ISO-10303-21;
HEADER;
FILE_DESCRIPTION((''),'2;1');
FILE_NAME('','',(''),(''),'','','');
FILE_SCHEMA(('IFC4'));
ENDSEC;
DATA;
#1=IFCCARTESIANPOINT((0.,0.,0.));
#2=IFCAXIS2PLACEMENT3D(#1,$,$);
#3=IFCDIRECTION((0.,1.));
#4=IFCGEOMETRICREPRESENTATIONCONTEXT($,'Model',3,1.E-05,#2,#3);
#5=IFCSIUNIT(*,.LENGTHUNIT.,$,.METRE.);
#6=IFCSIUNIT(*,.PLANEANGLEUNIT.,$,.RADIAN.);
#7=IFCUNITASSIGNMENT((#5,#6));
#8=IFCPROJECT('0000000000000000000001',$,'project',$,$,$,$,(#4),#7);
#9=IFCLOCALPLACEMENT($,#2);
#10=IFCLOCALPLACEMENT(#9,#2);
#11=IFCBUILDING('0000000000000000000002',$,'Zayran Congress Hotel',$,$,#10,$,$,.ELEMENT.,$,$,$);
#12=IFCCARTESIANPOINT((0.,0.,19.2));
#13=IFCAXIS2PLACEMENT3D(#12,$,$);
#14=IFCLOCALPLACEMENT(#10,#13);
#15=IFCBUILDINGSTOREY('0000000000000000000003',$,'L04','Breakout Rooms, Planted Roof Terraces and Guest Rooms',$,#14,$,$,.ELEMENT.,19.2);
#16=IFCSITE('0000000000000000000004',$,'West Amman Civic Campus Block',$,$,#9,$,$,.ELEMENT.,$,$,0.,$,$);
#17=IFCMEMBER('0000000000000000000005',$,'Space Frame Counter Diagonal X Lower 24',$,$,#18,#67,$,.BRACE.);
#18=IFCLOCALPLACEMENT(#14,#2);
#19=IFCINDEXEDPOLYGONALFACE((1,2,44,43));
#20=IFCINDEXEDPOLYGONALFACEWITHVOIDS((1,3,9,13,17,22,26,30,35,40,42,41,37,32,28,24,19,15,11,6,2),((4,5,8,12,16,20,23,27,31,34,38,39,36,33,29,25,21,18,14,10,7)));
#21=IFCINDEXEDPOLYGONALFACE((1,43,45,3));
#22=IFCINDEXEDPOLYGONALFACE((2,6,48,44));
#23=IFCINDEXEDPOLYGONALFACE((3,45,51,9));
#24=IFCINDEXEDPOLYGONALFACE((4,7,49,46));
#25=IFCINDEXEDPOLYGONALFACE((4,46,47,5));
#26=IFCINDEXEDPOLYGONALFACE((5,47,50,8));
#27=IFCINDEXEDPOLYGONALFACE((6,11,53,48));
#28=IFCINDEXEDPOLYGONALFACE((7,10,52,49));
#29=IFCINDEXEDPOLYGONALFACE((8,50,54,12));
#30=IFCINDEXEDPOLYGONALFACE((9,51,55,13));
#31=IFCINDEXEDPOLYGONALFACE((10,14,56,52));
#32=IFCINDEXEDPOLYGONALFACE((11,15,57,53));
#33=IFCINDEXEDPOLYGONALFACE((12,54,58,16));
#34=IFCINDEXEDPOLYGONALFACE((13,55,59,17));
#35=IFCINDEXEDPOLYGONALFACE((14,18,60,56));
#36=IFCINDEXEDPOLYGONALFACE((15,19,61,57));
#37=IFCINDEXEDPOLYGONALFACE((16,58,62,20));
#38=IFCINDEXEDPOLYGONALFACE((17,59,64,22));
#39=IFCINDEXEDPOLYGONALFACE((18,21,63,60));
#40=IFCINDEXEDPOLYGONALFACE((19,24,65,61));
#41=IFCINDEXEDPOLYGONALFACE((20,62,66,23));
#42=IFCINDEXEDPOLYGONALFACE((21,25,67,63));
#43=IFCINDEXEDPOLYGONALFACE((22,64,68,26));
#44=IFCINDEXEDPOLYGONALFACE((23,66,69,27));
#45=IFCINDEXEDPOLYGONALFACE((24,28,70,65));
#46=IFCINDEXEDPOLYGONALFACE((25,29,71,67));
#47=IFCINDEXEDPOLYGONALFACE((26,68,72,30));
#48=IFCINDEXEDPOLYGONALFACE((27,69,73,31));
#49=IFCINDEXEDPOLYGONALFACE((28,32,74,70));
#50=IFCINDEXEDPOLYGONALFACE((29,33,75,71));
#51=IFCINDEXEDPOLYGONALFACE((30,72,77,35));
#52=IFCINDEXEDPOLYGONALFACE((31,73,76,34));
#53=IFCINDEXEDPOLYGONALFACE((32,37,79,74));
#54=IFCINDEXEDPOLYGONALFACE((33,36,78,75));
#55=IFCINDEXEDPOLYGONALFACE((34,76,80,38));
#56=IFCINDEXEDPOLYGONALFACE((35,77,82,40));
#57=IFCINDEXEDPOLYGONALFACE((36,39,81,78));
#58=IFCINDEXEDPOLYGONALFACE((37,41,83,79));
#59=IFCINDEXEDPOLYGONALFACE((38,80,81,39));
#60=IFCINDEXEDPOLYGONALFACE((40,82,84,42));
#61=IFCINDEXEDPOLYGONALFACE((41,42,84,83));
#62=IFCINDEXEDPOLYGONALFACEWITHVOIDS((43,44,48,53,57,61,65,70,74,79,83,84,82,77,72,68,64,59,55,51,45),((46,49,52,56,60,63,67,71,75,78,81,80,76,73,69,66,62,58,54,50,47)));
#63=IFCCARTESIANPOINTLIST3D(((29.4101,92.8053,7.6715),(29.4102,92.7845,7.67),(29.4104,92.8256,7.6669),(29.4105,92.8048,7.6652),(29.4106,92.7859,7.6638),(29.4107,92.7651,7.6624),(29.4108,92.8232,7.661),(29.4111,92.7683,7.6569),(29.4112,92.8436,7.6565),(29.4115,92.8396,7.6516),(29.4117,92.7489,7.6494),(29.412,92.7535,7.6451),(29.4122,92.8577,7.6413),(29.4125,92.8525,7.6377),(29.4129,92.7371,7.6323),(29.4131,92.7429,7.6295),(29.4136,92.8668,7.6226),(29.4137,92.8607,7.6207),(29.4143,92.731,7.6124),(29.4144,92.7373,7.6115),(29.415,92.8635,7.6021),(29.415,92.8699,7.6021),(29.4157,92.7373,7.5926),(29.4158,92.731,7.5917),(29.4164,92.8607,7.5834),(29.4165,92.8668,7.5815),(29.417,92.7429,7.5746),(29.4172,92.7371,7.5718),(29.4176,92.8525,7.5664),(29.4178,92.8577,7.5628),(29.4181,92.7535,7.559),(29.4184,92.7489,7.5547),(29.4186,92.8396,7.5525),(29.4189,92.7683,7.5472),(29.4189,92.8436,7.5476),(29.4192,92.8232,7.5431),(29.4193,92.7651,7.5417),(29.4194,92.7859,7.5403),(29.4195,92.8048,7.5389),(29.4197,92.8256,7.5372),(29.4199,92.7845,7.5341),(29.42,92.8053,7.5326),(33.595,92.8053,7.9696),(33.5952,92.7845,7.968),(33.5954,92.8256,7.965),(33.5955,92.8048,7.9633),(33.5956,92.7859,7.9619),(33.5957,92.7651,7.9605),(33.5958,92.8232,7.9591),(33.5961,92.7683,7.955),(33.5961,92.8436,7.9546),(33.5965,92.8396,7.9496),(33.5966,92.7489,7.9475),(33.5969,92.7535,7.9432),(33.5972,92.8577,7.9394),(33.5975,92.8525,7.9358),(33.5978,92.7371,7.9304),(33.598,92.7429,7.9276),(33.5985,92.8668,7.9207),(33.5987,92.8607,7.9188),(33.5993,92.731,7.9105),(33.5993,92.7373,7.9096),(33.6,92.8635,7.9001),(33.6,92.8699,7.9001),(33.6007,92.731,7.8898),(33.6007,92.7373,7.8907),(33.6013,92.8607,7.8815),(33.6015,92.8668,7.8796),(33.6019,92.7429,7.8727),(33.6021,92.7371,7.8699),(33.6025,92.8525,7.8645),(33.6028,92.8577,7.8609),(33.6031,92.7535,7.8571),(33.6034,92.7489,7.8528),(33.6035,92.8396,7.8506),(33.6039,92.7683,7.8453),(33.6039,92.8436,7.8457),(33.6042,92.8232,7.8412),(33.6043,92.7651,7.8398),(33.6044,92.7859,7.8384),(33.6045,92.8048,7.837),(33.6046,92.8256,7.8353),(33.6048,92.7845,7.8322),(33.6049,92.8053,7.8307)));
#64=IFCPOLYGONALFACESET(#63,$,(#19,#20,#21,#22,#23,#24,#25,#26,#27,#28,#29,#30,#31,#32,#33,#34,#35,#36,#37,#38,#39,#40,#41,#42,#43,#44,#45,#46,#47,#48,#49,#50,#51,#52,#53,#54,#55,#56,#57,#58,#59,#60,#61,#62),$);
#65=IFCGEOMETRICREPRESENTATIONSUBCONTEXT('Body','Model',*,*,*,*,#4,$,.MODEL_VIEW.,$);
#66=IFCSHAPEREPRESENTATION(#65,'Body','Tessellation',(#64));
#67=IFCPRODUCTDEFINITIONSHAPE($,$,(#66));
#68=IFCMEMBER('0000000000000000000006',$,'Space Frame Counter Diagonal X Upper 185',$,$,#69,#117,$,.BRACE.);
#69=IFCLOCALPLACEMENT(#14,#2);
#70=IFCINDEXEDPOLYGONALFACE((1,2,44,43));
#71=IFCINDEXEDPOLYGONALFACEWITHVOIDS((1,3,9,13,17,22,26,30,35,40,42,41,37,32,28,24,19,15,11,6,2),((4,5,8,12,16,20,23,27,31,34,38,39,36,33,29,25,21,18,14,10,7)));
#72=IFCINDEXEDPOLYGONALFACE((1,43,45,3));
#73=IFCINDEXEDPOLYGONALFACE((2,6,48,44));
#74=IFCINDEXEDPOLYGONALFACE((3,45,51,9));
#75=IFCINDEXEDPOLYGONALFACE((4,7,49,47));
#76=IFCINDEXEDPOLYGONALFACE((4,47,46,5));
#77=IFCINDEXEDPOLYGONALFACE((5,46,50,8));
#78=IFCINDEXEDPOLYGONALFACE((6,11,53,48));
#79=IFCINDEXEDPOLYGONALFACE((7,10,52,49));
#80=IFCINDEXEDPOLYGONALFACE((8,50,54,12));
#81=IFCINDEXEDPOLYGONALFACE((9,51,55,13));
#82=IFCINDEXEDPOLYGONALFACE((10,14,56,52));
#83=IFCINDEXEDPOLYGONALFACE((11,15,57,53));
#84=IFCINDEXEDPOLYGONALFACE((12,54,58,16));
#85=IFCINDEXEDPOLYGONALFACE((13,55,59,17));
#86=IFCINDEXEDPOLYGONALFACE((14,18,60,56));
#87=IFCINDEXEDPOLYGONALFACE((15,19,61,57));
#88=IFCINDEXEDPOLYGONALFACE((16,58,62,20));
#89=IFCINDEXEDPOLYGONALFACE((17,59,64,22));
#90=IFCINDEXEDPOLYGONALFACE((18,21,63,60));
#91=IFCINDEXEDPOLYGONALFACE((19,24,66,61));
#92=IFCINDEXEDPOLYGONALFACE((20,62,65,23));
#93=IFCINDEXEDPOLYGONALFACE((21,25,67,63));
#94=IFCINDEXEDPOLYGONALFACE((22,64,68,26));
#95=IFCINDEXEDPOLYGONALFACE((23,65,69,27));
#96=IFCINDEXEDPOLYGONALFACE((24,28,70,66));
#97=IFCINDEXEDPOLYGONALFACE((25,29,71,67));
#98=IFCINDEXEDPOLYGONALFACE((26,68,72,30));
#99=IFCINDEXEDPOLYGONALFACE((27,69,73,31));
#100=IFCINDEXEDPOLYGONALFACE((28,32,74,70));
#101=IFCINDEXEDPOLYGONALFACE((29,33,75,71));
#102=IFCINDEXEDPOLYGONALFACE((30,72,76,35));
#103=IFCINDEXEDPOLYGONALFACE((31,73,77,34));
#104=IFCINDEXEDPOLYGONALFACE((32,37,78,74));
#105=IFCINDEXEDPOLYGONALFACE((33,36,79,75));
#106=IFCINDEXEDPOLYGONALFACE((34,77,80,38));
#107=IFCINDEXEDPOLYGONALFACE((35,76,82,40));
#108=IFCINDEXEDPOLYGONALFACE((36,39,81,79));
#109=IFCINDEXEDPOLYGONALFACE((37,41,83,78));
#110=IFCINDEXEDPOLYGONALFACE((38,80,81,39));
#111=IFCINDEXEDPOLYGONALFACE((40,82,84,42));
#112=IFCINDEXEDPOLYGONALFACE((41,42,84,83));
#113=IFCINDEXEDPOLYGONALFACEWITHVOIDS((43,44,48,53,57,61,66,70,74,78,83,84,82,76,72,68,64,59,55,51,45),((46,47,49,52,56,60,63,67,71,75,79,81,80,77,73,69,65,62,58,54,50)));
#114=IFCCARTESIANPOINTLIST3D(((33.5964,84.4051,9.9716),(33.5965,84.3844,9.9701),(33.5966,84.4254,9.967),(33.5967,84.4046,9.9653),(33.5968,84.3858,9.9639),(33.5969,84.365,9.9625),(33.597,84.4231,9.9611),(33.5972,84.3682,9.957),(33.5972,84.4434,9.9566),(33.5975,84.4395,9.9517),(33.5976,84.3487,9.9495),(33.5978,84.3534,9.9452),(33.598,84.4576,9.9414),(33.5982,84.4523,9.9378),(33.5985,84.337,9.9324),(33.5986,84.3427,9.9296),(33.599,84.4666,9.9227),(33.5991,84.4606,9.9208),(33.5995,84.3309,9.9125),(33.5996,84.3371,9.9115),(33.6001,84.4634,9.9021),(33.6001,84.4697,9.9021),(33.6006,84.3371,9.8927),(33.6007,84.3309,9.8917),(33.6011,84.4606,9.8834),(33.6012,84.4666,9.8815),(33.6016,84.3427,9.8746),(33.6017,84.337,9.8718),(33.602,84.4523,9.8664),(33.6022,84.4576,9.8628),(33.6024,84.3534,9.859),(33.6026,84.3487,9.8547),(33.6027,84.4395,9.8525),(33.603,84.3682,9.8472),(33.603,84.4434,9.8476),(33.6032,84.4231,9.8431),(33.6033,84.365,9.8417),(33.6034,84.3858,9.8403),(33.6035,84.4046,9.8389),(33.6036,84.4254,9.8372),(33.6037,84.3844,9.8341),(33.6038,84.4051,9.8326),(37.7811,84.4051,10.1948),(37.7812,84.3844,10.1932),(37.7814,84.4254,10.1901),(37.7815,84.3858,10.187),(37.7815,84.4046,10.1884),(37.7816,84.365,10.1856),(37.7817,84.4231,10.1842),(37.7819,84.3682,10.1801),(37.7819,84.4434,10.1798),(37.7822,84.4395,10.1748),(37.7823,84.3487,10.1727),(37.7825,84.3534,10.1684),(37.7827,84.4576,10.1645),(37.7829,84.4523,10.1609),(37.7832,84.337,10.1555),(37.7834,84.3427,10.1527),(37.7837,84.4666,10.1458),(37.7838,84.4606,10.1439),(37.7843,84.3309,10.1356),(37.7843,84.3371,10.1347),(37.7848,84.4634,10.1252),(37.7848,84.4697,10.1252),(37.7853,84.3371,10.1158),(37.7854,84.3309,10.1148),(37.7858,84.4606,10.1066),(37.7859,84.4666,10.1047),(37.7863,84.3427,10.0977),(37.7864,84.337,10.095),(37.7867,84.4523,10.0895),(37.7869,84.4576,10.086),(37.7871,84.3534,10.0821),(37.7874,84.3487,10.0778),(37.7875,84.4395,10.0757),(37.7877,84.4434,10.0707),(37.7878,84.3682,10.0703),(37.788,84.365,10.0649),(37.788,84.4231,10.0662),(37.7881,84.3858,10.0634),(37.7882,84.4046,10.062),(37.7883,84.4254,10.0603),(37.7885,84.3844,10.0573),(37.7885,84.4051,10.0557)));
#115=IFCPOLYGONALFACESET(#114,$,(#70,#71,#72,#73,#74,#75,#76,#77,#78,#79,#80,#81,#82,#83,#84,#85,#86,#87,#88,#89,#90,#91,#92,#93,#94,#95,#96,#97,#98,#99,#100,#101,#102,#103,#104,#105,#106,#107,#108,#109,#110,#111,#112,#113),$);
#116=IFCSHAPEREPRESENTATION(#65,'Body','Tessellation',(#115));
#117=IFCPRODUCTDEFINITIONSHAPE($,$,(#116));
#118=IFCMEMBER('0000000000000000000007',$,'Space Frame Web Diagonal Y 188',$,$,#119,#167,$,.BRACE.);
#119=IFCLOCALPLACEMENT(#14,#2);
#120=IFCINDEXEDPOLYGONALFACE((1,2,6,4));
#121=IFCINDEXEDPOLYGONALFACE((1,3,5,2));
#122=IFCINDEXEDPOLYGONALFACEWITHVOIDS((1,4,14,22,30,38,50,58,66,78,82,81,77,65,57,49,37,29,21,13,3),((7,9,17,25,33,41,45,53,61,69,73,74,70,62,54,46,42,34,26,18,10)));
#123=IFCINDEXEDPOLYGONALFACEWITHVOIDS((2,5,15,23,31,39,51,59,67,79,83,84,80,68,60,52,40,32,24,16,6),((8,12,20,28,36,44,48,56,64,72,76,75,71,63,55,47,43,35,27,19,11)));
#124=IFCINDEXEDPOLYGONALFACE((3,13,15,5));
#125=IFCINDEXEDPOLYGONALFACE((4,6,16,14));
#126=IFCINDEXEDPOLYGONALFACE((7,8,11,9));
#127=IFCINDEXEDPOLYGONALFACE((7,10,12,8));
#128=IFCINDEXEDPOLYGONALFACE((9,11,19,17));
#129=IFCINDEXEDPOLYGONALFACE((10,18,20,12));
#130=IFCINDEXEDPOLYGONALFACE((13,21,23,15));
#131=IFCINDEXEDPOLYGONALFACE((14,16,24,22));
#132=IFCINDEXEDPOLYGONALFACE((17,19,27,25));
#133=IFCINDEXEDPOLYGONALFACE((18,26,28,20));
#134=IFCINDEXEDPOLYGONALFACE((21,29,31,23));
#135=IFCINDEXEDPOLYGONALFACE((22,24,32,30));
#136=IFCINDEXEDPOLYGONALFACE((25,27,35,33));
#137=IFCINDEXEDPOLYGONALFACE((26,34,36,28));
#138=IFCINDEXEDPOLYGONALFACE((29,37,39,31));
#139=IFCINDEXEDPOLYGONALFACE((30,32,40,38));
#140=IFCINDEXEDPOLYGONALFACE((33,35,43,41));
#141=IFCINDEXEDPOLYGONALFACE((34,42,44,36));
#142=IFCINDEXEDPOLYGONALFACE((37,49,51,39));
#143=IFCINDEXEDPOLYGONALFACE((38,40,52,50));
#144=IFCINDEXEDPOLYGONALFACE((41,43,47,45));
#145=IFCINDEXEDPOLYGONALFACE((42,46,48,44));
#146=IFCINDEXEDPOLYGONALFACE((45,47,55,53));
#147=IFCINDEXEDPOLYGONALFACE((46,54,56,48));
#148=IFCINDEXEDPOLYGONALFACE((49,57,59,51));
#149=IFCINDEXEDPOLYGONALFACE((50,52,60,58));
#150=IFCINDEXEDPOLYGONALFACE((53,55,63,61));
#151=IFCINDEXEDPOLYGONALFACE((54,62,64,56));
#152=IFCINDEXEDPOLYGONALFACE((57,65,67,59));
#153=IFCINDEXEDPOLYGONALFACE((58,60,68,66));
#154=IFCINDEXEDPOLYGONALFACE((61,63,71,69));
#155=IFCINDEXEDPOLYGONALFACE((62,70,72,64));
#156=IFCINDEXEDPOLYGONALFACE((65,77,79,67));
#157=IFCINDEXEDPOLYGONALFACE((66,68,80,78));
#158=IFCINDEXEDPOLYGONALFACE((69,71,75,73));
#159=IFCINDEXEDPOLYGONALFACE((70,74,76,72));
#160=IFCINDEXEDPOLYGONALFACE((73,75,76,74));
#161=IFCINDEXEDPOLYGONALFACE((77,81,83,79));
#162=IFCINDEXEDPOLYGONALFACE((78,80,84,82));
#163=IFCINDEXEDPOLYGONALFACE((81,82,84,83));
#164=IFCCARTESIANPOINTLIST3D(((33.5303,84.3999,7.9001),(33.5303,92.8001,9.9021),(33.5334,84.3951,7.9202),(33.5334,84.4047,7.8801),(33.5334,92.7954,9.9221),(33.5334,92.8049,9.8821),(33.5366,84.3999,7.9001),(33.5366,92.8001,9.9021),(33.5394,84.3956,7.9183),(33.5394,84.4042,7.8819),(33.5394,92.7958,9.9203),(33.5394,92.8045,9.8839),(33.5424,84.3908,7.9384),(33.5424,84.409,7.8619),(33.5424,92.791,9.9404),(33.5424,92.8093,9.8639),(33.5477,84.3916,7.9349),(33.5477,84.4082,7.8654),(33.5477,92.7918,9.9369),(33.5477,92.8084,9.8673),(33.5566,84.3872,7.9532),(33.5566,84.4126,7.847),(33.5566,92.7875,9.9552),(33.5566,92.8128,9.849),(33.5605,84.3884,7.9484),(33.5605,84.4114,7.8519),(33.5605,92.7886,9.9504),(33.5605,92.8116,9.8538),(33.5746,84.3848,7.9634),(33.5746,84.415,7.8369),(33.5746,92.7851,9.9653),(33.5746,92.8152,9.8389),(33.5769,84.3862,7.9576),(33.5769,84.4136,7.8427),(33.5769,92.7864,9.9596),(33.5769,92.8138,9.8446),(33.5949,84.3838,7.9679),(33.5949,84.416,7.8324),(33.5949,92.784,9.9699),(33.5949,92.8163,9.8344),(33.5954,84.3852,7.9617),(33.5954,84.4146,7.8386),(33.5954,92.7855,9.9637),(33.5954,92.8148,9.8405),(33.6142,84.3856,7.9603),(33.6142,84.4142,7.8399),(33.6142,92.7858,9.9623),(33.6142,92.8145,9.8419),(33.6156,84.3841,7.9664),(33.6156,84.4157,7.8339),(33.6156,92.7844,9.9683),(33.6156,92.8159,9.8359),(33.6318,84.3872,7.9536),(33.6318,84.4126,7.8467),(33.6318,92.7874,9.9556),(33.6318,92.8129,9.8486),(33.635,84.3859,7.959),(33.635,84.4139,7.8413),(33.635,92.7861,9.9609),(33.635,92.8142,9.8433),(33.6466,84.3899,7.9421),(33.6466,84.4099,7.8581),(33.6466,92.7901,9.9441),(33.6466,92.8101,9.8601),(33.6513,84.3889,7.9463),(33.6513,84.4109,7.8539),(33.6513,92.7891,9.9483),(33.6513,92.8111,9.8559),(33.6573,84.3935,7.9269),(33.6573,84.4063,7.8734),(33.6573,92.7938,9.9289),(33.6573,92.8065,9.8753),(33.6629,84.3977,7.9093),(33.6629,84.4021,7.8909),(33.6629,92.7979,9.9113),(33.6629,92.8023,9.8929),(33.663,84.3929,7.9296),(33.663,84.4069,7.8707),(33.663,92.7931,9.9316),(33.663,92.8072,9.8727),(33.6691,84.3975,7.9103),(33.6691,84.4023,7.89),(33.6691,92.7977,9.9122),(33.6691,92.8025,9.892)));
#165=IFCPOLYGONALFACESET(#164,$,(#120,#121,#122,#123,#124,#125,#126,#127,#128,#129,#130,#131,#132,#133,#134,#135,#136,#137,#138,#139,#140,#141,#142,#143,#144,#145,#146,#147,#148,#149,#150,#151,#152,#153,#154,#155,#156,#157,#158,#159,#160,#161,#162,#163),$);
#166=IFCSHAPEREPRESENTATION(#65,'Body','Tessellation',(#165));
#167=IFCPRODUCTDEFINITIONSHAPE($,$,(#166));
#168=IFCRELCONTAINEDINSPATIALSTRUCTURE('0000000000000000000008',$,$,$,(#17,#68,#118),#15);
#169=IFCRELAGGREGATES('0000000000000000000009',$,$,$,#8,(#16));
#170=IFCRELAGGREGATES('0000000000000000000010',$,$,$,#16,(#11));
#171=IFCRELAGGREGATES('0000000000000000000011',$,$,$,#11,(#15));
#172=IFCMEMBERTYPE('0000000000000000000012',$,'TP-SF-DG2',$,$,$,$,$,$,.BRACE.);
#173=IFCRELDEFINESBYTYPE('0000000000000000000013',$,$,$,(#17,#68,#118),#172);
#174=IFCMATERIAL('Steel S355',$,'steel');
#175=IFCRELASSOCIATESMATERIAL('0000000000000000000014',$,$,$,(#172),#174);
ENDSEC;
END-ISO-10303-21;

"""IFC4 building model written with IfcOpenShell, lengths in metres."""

from ifc_helpers import new_model, si_unit, direction, frame, origin, origin_2d, place, context, subcontext, project, spatial, hollow_circle, extrude, material, material_profile, profile_set, type_object, element, save


model = new_model("IFC4")

# Units and contexts
model_context = context("Model", 3, precision=1e-05, world=origin(), true_north=direction((0.0, 1.0)))
body_context = subcontext(model_context, "Body", "Model", "MODEL_VIEW")
ifc_project = project(units=[si_unit("LENGTHUNIT", "METRE"), si_unit("PLANEANGLEUNIT", "RADIAN")], contexts=[model_context])

# Site, building, storey
site_placement = place(None, origin())
site = spatial("IfcSite", under=ifc_project, at=site_placement, Name="West Amman Civic Campus Block", CompositionType="ELEMENT", RefElevation=0.0)
building_placement = place(site_placement, origin())
building = spatial("IfcBuilding", under=site, at=building_placement, Name="Zayran Congress Hotel", CompositionType="ELEMENT")
storey_placement = place(building_placement, frame((0.0, 0.0, 19.2)))
storey = spatial("IfcBuildingStorey", under=building, at=storey_placement, Name="L04", Description="Breakout Rooms, Planted Roof Terraces and Guest Rooms", CompositionType="ELEMENT", Elevation=19.2)

# Members
ifc_material_1 = material(Name="Steel S355", Category="steel")
ifc_material_profile_1 = material_profile(ifc_material_1, hollow_circle(Radius=0.0698, WallThickness=0.0063, at=origin_2d()), Name="CHS 139.7x6.3")
ifc_profile_set_1 = profile_set([ifc_material_profile_1], Name="Steel S355")
member_type_1 = type_object("IfcMemberType", Name="TP-SF-DG2", PredefinedType="BRACE", material=ifc_profile_set_1)
member_1_placement = place(storey_placement, frame((29.415, 92.8, 7.6021), z_axis=(0.997473, 0.0, 0.071049), x_axis=(0.0, 1.0, 0.0)))
element("IfcMember", 1, at=member_1_placement, inside=storey, type_object=member_type_1, Name="Space Frame Counter Diagonal X Lower 24", PredefinedType="BRACE", context=body_context, shape_type="SweptSolid", body=[
    extrude(hollow_circle(Radius=0.0698, WallThickness=0.0063, at=origin_2d()), origin(), (0.0, 0.0, 1.0), 4.1956),
])
member_2_placement = place(storey_placement, frame((33.6001, 84.3999, 9.9021), z_axis=(0.998581, 0.0, 0.053247), x_axis=(0.0, 1.0, 0.0)))
element("IfcMember", 2, at=member_2_placement, inside=storey, type_object=member_type_1, Name="Space Frame Counter Diagonal X Upper 185", PredefinedType="BRACE", context=body_context, shape_type="SweptSolid", body=[
    extrude(hollow_circle(Radius=0.0698, WallThickness=0.0063, at=origin_2d()), origin(), (0.0, 0.0, 1.0), 4.1907),
])
member_3_placement = place(storey_placement, frame((33.6001, 84.3999, 7.9001), z_axis=(0.0, 0.972756, 0.231831), x_axis=(-1.0, 0.0, 0.0)))
element("IfcMember", 3, at=member_3_placement, inside=storey, type_object=member_type_1, Name="Space Frame Web Diagonal Y 188", PredefinedType="BRACE", context=body_context, shape_type="SweptSolid", body=[
    extrude(hollow_circle(Radius=0.0698, WallThickness=0.0063, at=origin_2d()), origin(), (0.0, 0.0, 1.0), 8.6355),
])

save(model, "model.ifc")
